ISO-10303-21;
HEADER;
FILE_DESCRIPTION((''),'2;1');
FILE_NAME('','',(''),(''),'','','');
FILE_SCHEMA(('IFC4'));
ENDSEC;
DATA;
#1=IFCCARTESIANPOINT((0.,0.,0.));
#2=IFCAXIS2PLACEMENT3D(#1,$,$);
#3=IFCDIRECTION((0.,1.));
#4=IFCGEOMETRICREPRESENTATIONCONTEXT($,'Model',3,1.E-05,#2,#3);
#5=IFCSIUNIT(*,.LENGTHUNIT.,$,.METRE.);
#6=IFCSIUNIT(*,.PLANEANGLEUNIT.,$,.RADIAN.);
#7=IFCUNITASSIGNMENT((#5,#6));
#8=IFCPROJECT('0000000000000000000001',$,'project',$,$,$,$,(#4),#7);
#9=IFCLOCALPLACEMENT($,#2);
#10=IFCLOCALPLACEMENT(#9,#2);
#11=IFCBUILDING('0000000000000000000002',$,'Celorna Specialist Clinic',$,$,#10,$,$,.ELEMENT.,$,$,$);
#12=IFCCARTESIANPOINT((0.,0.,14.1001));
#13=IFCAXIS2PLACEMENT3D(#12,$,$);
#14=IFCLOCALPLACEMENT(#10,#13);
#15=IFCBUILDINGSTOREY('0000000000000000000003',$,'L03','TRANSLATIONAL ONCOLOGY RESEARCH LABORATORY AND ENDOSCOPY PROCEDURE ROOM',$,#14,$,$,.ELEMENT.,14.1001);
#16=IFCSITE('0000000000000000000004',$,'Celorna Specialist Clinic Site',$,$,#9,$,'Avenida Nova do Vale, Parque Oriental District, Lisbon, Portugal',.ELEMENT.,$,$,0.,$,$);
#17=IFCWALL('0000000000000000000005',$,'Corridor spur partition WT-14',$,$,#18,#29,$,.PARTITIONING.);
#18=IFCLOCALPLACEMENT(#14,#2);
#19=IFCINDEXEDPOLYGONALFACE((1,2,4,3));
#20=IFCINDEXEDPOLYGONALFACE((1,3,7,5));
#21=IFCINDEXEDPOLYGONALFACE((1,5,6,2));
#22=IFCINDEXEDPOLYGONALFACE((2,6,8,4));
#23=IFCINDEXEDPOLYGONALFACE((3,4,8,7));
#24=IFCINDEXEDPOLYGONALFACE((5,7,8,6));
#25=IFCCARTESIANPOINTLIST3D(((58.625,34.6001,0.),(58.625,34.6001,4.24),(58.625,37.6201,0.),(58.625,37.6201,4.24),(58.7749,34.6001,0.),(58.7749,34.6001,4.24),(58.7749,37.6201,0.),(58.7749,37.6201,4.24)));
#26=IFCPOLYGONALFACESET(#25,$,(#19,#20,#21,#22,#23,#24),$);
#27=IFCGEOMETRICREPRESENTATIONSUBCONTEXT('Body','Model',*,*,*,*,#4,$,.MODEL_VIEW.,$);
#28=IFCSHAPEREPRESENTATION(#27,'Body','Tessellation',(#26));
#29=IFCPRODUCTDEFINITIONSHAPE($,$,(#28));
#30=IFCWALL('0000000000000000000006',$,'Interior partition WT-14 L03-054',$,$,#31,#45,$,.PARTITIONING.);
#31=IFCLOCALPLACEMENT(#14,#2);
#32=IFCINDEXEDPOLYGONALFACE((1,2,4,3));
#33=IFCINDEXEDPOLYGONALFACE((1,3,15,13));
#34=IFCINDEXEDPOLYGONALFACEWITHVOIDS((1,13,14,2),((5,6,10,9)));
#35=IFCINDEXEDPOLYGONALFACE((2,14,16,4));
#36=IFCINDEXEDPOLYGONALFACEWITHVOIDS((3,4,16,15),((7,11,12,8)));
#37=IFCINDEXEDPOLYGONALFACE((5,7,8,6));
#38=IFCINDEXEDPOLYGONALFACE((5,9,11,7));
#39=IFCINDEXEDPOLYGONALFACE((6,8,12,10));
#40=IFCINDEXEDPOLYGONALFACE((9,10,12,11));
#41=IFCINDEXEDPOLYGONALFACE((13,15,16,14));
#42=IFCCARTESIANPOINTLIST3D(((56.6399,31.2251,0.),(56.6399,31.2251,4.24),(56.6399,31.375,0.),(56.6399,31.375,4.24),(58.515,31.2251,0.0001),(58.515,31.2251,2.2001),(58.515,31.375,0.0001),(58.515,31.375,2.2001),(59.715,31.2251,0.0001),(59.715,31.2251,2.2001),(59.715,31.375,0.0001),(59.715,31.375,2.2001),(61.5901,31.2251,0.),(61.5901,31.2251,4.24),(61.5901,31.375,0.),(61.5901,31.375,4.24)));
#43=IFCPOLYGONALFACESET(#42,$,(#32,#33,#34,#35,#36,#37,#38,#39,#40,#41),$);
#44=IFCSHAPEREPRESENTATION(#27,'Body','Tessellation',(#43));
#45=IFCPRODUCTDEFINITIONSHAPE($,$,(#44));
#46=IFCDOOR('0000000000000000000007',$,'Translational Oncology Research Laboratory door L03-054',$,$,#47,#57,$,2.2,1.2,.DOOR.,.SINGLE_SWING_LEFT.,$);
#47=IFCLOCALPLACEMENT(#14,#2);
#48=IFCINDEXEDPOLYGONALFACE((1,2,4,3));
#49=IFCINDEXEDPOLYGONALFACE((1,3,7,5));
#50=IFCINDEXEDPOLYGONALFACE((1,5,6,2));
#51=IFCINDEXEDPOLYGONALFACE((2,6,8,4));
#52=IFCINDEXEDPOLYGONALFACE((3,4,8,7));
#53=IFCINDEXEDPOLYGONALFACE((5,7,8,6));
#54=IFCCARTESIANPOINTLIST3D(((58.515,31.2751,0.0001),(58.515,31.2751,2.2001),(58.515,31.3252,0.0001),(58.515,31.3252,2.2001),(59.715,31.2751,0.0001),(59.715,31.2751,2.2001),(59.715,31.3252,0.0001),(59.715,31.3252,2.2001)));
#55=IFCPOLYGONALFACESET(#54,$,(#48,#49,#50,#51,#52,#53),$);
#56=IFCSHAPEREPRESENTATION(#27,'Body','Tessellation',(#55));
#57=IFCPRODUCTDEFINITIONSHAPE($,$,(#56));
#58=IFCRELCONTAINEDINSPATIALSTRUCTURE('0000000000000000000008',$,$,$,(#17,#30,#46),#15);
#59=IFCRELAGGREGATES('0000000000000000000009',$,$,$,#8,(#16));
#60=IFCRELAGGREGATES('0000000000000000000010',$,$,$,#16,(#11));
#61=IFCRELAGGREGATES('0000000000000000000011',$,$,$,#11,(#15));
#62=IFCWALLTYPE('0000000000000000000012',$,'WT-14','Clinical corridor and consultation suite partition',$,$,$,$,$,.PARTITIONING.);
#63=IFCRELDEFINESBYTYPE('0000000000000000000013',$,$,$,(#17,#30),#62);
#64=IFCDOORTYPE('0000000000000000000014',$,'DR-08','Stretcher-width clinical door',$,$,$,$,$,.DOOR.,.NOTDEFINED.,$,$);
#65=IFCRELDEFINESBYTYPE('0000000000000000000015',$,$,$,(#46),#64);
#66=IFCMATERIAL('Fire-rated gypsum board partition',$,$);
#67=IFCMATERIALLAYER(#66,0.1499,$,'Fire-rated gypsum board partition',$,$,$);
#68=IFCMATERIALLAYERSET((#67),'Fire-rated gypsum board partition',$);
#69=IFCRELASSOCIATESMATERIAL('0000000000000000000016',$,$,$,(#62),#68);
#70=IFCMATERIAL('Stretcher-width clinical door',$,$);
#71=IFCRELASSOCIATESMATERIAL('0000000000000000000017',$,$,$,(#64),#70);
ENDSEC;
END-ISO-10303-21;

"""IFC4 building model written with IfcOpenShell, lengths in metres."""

from ifc_helpers import new_model, si_unit, direction, frame, frame_2d, origin, place, context, subcontext, project, spatial, rectangle, extrude, material, layer, layer_set, type_object, element, fill, save


model = new_model("IFC4")

# Units and contexts
model_context = context("Model", 3, precision=1e-05, world=origin(), true_north=direction((0.0, 1.0)))
body_context = subcontext(model_context, "Body", "Model", "MODEL_VIEW")
ifc_project = project(units=[si_unit("LENGTHUNIT", "METRE"), si_unit("PLANEANGLEUNIT", "RADIAN")], contexts=[model_context])

# Site, building, storey
site_placement = place(None, origin())
site = spatial("IfcSite", under=ifc_project, at=site_placement, Name="Celorna Specialist Clinic Site", LongName="Avenida Nova do Vale, Parque Oriental District, Lisbon, Portugal", CompositionType="ELEMENT", RefElevation=0.0)
building_placement = place(site_placement, origin())
building = spatial("IfcBuilding", under=site, at=building_placement, Name="Celorna Specialist Clinic", CompositionType="ELEMENT")
storey_placement = place(building_placement, frame((0.0, 0.0, 14.1001)))
storey = spatial("IfcBuildingStorey", under=building, at=storey_placement, Name="L03", Description="TRANSLATIONAL ONCOLOGY RESEARCH LABORATORY AND ENDOSCOPY PROCEDURE ROOM", CompositionType="ELEMENT", Elevation=14.1001)

# Wall
ifc_material_1 = material(Name="Fire-rated gypsum board partition")
ifc_layer_1 = layer(ifc_material_1, 0.1499, Name="Fire-rated gypsum board partition")
ifc_layer_set_1 = layer_set([ifc_layer_1], Name="Fire-rated gypsum board partition")
wall_type_1 = type_object("IfcWallType", Name="WT-14", Description="Clinical corridor and consultation suite partition", PredefinedType="PARTITIONING", material=ifc_layer_set_1)
wall_1_placement = place(storey_placement, frame((58.7, 34.6001, 0.0), z_axis=(0.0, 0.0, 1.0), x_axis=(0.0, 1.0, 0.0)))
element("IfcWall", 1, at=wall_1_placement, inside=storey, type_object=wall_type_1, Name="Corridor spur partition WT-14", PredefinedType="PARTITIONING", context=body_context, shape_type="SweptSolid", body=[
    extrude(rectangle(XDim=3.02, YDim=0.1499, at=frame_2d((1.51, 0.0))), origin(), (0.0, 0.0, 1.0), 4.24),
])

# Wall, opening, door
wall_2_placement = place(storey_placement, frame((61.5901, 31.3, 0.0), z_axis=(0.0, 0.0, 1.0), x_axis=(-1.0, 0.0, 0.0)))
wall_2 = element("IfcWall", 2, at=wall_2_placement, inside=storey, type_object=wall_type_1, Name="Interior partition WT-14 L03-054", PredefinedType="PARTITIONING", context=body_context, shape_type="SweptSolid", body=[
    extrude(rectangle(XDim=4.9502, YDim=0.1499, at=frame_2d((2.4751, 0.0))), origin(), (0.0, 0.0, 1.0), 4.24),
])
opening_1_placement = place(wall_2_placement, frame((1.875, 0.0, 0.0)))
opening_1 = element("IfcOpeningElement", 3, at=opening_1_placement, cuts=wall_2, PredefinedType="OPENING", context=body_context, shape_type="SweptSolid", body=[
    extrude(rectangle(XDim=1.2, YDim=2.2, at=frame_2d((0.6001, 1.1001))), frame((0.0, 0.085, 0.0), z_axis=(0.0, -1.0, 0.0), x_axis=(1.0, 0.0, 0.0)), (0.0, 0.0, 1.0), 0.1699),
])
ifc_material_2 = material(Name="Stretcher-width clinical door")
door_type_1 = type_object("IfcDoorType", Name="DR-08", Description="Stretcher-width clinical door", OperationType="NOTDEFINED", PredefinedType="DOOR", material=ifc_material_2)
door_1_placement = place(opening_1_placement, origin())
door_1 = element("IfcDoor", 4, at=door_1_placement, inside=storey, type_object=door_type_1, Name="Translational Oncology Research Laboratory door L03-054", OperationType="SINGLE_SWING_LEFT", OverallHeight=2.2, OverallWidth=1.2, PredefinedType="DOOR", context=body_context, shape_type="SweptSolid", body=[
    extrude(rectangle(XDim=1.2, YDim=2.2, at=frame_2d((0.6001, 1.1001))), frame((0.0, 0.0249, 0.0), z_axis=(0.0, -1.0, 0.0), x_axis=(1.0, 0.0, 0.0)), (0.0, 0.0, 1.0), 0.05),
])
fill(opening_1, door_1)

save(model, "model.ifc")
